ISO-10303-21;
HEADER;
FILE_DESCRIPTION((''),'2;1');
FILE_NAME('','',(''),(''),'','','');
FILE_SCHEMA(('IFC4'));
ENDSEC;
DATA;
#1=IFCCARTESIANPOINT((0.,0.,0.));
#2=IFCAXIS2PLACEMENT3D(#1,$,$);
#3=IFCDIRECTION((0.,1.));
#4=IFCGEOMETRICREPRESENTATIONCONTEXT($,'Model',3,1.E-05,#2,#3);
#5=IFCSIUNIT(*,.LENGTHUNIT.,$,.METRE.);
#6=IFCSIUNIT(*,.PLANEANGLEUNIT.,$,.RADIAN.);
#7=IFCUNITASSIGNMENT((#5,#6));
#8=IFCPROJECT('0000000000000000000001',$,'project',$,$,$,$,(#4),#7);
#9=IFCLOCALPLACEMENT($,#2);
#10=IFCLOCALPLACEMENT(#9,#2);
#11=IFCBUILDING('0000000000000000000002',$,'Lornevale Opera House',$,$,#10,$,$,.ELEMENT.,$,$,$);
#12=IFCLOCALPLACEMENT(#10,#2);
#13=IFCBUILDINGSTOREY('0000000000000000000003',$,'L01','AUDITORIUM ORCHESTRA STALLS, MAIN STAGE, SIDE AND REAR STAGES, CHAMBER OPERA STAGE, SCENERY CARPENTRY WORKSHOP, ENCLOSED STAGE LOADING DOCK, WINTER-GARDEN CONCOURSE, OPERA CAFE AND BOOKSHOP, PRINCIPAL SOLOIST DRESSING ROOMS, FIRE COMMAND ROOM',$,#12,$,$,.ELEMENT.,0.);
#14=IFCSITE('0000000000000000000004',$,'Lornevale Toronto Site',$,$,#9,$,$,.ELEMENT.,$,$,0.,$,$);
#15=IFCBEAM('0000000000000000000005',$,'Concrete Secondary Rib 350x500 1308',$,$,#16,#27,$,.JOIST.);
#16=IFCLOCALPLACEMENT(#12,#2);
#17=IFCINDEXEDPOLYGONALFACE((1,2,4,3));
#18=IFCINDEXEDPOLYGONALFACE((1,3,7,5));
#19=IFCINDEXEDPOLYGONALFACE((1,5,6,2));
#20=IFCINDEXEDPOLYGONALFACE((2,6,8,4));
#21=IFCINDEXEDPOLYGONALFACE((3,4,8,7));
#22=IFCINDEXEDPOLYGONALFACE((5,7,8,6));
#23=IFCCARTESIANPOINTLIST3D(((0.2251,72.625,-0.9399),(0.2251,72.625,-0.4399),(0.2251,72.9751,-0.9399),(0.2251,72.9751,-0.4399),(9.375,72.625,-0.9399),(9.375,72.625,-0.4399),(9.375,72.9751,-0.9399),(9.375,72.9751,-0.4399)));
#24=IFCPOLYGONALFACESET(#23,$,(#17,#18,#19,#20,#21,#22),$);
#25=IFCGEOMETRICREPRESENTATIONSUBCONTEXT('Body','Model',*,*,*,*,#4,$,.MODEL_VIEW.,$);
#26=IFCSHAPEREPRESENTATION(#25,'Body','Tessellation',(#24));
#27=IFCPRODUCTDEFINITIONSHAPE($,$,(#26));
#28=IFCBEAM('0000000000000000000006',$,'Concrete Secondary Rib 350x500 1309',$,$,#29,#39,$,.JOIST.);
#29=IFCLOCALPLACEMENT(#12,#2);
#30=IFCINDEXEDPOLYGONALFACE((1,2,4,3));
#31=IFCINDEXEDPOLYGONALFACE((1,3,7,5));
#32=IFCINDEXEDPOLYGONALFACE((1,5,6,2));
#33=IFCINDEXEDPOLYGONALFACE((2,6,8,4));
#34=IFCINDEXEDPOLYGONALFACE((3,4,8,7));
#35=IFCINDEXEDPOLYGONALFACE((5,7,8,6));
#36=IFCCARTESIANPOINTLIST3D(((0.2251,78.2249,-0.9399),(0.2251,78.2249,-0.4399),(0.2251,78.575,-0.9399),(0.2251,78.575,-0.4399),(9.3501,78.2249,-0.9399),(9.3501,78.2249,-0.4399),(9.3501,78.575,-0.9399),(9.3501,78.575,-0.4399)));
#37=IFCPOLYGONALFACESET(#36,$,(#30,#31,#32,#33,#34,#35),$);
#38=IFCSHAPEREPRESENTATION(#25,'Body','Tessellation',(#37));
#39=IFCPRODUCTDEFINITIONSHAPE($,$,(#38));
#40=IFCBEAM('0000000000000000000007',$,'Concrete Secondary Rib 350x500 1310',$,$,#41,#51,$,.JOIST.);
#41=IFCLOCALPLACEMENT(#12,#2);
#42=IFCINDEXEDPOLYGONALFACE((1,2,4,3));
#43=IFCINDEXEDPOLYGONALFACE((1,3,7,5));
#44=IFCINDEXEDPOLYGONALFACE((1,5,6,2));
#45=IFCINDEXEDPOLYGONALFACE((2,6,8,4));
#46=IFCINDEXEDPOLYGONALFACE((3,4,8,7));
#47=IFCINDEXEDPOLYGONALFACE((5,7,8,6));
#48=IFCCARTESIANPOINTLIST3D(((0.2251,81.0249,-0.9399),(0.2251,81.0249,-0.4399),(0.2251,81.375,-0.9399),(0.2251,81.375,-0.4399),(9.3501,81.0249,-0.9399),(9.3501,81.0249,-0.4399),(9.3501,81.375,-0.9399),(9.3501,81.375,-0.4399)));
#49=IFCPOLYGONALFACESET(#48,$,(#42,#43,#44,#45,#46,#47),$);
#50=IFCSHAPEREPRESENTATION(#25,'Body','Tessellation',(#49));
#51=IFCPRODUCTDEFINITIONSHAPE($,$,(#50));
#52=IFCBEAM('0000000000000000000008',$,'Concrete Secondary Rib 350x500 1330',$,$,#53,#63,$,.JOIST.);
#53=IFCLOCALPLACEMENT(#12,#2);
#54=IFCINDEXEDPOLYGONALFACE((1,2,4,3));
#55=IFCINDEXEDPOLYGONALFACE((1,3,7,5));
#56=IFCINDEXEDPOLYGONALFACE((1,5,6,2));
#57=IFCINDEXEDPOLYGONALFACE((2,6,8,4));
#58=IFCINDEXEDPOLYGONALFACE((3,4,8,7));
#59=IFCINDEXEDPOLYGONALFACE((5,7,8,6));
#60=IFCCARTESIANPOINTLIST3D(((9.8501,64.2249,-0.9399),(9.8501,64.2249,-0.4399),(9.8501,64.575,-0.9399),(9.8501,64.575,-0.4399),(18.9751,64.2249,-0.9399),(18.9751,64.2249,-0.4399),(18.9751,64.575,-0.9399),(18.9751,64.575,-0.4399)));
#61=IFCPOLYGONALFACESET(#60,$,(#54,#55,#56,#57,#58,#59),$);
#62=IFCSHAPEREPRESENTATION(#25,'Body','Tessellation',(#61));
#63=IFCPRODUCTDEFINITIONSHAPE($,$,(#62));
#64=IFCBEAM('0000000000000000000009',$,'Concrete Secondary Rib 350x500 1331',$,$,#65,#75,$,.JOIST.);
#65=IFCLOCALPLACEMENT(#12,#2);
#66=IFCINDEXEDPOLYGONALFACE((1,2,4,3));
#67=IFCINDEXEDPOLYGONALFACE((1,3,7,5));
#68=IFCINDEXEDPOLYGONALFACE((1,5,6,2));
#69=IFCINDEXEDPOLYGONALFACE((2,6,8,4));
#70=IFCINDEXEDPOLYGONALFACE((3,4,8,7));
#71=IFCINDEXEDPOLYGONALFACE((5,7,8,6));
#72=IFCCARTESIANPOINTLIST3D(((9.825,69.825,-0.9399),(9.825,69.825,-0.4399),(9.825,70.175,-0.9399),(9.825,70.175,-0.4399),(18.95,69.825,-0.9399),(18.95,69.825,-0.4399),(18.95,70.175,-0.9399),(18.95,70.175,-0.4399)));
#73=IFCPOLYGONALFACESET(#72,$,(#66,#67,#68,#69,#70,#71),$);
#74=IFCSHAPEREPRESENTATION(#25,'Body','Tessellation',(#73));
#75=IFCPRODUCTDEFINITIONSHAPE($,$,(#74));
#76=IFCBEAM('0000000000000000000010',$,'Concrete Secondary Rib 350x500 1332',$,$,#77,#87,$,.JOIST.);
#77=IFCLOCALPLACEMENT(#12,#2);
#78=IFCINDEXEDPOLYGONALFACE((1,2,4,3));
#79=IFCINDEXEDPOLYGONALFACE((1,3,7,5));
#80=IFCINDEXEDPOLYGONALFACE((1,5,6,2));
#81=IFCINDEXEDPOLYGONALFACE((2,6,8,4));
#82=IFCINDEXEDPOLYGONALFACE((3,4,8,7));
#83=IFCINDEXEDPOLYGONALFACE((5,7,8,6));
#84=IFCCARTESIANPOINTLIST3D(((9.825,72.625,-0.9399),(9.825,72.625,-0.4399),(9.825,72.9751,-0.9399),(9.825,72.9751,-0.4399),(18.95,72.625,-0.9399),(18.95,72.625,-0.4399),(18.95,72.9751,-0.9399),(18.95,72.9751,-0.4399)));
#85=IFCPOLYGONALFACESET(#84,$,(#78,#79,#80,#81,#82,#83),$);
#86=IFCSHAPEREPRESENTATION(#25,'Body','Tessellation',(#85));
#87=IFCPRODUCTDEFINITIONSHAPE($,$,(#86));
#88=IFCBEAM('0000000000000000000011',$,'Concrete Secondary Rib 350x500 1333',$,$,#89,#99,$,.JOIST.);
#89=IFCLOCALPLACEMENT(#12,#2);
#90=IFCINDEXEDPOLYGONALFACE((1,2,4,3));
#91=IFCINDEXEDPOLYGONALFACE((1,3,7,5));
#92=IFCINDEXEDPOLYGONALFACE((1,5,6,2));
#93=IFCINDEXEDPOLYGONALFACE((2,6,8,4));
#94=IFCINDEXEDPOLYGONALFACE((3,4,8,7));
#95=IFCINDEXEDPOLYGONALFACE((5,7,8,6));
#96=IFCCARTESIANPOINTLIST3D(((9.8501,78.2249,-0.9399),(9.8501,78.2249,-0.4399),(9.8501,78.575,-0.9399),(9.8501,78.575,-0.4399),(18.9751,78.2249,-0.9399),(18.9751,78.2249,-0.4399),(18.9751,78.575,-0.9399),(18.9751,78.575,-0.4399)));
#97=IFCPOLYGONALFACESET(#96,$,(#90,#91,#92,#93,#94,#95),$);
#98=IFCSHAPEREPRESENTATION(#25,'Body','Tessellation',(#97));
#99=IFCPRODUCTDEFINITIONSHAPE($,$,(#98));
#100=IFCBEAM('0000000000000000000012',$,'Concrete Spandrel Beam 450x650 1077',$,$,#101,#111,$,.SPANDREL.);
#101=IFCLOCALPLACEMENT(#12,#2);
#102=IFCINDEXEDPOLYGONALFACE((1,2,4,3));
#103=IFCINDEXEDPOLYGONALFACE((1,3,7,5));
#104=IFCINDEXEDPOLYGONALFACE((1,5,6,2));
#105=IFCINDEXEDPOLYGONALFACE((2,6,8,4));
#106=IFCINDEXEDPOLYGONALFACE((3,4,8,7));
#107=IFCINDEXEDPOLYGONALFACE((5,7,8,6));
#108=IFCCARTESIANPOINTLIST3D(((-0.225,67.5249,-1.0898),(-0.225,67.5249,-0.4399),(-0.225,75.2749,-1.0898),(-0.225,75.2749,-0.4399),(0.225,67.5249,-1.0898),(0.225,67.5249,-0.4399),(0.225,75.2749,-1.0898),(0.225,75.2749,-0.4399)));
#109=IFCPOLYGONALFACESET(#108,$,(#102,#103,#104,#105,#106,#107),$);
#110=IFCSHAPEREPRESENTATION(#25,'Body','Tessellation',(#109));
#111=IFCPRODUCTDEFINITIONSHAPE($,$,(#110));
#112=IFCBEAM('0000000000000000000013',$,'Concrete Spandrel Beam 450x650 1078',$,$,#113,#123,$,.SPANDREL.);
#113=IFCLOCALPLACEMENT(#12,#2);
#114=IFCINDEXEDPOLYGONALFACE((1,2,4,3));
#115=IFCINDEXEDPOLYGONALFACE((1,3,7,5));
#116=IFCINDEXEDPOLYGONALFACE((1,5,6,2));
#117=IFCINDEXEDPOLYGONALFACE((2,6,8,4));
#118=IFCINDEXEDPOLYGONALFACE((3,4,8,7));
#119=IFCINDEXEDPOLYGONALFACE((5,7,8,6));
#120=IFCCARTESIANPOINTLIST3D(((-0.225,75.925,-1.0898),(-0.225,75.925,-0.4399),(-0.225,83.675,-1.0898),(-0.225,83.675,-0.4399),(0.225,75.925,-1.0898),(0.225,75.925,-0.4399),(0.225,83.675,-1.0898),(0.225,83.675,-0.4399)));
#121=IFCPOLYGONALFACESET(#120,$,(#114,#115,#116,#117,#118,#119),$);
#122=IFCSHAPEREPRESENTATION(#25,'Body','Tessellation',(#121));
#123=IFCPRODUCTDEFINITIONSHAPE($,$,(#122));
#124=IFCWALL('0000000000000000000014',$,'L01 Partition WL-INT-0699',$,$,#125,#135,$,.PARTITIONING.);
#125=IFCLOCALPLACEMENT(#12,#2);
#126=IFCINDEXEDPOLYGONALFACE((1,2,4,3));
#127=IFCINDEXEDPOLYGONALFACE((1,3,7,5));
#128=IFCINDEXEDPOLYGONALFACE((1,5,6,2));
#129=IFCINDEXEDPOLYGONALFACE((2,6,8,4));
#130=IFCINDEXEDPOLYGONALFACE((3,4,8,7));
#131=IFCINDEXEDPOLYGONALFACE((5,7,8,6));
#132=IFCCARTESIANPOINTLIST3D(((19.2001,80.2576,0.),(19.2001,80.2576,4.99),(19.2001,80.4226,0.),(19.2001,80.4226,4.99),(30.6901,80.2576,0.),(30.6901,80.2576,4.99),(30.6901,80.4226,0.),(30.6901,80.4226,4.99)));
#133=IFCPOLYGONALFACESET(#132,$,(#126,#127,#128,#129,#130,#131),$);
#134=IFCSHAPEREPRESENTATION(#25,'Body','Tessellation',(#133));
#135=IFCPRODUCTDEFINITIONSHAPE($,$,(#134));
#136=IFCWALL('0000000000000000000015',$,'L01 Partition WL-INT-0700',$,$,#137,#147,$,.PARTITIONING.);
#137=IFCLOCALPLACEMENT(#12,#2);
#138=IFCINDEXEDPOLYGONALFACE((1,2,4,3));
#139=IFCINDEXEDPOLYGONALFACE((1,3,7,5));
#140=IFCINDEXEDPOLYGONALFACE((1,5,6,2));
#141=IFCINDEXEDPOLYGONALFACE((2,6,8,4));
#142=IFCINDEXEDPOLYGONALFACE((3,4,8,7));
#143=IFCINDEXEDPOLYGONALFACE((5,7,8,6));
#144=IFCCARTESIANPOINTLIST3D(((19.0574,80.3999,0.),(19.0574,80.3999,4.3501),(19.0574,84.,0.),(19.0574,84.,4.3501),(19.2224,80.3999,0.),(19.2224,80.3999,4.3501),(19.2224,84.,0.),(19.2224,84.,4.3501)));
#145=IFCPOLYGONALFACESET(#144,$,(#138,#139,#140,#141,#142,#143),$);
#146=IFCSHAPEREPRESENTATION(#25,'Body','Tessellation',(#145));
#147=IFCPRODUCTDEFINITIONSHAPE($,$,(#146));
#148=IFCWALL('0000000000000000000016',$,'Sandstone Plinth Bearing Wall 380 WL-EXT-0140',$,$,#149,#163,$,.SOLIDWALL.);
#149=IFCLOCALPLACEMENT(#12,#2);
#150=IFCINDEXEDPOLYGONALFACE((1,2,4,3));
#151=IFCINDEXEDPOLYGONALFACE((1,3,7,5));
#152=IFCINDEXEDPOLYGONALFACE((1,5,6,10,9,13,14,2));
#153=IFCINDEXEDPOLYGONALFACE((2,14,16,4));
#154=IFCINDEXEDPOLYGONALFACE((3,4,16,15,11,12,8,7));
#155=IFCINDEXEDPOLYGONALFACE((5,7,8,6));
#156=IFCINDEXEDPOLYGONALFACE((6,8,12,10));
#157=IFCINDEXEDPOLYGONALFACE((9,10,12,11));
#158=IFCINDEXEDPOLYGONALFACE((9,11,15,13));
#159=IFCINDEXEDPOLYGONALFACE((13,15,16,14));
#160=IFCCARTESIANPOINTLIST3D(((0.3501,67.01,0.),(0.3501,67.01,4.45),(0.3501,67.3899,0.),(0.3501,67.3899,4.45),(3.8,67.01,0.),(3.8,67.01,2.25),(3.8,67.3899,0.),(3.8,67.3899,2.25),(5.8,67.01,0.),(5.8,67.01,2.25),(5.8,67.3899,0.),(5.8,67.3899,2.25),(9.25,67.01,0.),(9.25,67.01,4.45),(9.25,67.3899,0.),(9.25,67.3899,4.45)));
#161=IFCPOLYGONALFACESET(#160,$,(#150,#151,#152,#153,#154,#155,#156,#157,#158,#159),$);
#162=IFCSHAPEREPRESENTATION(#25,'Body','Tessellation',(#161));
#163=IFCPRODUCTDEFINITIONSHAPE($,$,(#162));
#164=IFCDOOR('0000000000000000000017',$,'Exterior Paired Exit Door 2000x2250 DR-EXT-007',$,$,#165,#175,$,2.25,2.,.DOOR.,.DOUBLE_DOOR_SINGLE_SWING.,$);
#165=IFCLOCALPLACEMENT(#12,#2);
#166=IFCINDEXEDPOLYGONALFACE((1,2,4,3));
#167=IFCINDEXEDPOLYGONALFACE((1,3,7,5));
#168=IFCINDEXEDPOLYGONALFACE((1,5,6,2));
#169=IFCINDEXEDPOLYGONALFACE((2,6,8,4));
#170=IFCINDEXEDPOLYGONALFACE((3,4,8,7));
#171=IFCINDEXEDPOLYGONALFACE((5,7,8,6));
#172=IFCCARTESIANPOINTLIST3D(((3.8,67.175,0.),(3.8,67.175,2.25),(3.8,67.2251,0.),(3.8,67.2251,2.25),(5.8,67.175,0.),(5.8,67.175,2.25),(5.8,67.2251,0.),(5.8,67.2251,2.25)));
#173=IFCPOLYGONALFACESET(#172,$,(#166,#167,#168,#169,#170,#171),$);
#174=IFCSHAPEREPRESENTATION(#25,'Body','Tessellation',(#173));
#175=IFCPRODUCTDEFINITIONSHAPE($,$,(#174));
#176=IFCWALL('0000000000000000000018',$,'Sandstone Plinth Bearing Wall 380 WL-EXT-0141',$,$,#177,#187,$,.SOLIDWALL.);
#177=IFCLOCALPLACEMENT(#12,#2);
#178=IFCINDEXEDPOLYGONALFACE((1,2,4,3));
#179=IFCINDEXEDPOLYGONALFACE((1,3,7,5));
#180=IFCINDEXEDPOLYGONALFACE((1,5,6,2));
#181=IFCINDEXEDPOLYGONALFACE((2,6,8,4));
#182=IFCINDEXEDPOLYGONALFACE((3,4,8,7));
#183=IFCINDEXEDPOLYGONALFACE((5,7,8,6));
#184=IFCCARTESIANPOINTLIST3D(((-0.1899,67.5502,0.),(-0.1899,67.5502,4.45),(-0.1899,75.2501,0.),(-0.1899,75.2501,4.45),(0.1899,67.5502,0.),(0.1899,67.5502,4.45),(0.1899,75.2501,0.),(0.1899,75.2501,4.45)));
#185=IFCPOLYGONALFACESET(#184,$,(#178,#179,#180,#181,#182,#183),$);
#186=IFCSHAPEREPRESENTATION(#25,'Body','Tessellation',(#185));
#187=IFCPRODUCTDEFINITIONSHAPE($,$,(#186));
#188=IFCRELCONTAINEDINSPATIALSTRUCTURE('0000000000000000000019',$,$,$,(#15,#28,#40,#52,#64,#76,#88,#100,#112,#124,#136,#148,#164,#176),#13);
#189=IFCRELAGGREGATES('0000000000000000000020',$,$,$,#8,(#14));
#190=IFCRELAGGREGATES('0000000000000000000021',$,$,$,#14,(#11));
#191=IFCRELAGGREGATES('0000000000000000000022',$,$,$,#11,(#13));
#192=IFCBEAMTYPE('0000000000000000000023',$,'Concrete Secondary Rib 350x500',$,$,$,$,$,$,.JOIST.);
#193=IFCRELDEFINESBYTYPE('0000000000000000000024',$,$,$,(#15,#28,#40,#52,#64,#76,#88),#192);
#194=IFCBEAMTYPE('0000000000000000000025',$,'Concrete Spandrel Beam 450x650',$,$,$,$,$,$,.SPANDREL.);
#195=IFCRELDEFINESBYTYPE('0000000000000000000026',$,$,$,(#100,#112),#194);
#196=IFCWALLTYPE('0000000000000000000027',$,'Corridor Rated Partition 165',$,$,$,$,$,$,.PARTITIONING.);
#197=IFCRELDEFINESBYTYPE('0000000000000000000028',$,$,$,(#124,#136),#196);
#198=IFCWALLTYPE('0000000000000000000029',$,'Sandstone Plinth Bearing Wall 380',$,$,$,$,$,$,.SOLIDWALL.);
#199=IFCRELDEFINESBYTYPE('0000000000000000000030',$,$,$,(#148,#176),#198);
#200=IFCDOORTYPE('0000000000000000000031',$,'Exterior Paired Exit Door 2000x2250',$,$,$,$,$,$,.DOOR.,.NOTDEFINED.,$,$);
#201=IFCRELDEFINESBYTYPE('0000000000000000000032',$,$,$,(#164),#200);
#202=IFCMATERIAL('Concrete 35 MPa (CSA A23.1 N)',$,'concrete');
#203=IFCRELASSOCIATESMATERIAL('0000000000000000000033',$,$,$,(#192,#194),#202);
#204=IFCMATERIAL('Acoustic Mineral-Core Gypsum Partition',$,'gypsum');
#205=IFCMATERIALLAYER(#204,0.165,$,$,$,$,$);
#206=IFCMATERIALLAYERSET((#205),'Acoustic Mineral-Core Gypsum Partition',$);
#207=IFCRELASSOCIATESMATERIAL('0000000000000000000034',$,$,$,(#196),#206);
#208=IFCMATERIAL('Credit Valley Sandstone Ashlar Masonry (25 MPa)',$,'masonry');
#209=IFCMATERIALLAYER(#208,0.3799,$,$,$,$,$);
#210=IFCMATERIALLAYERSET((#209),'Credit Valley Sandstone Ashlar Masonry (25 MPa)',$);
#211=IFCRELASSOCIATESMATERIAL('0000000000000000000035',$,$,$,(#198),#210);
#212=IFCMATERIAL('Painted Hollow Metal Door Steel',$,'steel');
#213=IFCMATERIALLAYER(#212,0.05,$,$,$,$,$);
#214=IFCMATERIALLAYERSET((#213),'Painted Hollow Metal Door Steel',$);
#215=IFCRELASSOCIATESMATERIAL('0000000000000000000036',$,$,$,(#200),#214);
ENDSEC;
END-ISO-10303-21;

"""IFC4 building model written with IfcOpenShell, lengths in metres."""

from ifc_helpers import new_model, si_unit, direction, frame, frame_2d, origin, origin_2d, place, context, subcontext, project, spatial, rectangle, extrude, material, layer, layer_set, material_profile, profile_set, type_object, element, fill, save


model = new_model("IFC4")

# Units and contexts
model_context = context("Model", 3, precision=1e-05, world=origin(), true_north=direction((0.0, 1.0)))
body_context = subcontext(model_context, "Body", "Model", "MODEL_VIEW")
ifc_project = project(units=[si_unit("LENGTHUNIT", "METRE"), si_unit("PLANEANGLEUNIT", "RADIAN")], contexts=[model_context])

# Site, building, storey
site_placement = place(None, origin())
site = spatial("IfcSite", under=ifc_project, at=site_placement, Name="Lornevale Toronto Site", CompositionType="ELEMENT", RefElevation=0.0)
building_placement = place(site_placement, origin())
building = spatial("IfcBuilding", under=site, at=building_placement, Name="Lornevale Opera House", CompositionType="ELEMENT")
storey_placement = place(building_placement, origin())
storey = spatial("IfcBuildingStorey", under=building, at=storey_placement, Name="L01", Description="AUDITORIUM ORCHESTRA STALLS, MAIN STAGE, SIDE AND REAR STAGES, CHAMBER OPERA STAGE, SCENERY CARPENTRY WORKSHOP, ENCLOSED STAGE LOADING DOCK, WINTER-GARDEN CONCOURSE, OPERA CAFE AND BOOKSHOP, PRINCIPAL SOLOIST DRESSING ROOMS, FIRE COMMAND ROOM", CompositionType="ELEMENT", Elevation=0.0)

# Beams
ifc_material_1 = material(Name="Concrete 35 MPa (CSA A23.1 N)", Category="concrete")
ifc_material_profile_1 = material_profile(ifc_material_1, rectangle(XDim=0.3501, YDim=0.5, at=origin_2d()), Name="RC350x500")
ifc_profile_set_1 = profile_set([ifc_material_profile_1], Name="Concrete 35 MPa (CSA A23.1 N)")
beam_type_1 = type_object("IfcBeamType", Name="Concrete Secondary Rib 350x500", PredefinedType="JOIST", material=ifc_profile_set_1)
for number, where, z_axis, x_axis, name in (
    (1, (0.2251, 72.8, -0.6899), (1.0, 0.0, 0.0), (0.0, 1.0, 0.0), "Concrete Secondary Rib 350x500 1308"),
):
    element("IfcBeam", number, at=place(storey_placement, frame(where, z_axis=z_axis, x_axis=x_axis)), inside=storey, type_object=beam_type_1, Name=name, PredefinedType="JOIST", context=body_context, shape_type="SweptSolid", body=[
        extrude(rectangle(XDim=0.3501, YDim=0.5, at=origin_2d()), origin(), (0.0, 0.0, 1.0), 9.1499),
    ])
for number, where, z_axis, x_axis, name in (
    (2, (0.2251, 78.3999, -0.6899), (1.0, 0.0, 0.0), (0.0, 1.0, 0.0), "Concrete Secondary Rib 350x500 1309"),
    (3, (0.2251, 81.2, -0.6899), (1.0, 0.0, 0.0), (0.0, 1.0, 0.0), "Concrete Secondary Rib 350x500 1310"),
    (4, (9.8501, 64.3999, -0.6899), (1.0, 0.0, 0.0), (0.0, 1.0, 0.0), "Concrete Secondary Rib 350x500 1330"),
    (5, (9.825, 70.0, -0.6899), (1.0, 0.0, 0.0), (0.0, 1.0, 0.0), "Concrete Secondary Rib 350x500 1331"),
    (6, (9.825, 72.8, -0.6899), (1.0, 0.0, 0.0), (0.0, 1.0, 0.0), "Concrete Secondary Rib 350x500 1332"),
    (7, (9.8501, 78.3999, -0.6899), (1.0, 0.0, 0.0), (0.0, 1.0, 0.0), "Concrete Secondary Rib 350x500 1333"),
):
    element("IfcBeam", number, at=place(storey_placement, frame(where, z_axis=z_axis, x_axis=x_axis)), inside=storey, type_object=beam_type_1, Name=name, PredefinedType="JOIST", context=body_context, shape_type="SweptSolid", body=[
        extrude(rectangle(XDim=0.3501, YDim=0.5, at=origin_2d()), origin(), (0.0, 0.0, 1.0), 9.125),
    ])
ifc_material_profile_2 = material_profile(ifc_material_1, rectangle(XDim=0.45, YDim=0.6499, at=origin_2d()), Name="RC450x650")
ifc_profile_set_2 = profile_set([ifc_material_profile_2], Name="Concrete 35 MPa (CSA A23.1 N)")
beam_type_2 = type_object("IfcBeamType", Name="Concrete Spandrel Beam 450x650", PredefinedType="SPANDREL", material=ifc_profile_set_2)
for number, where, z_axis, x_axis, name in (
    (8, (0.0, 67.5249, -0.7649), (0.0, 1.0, 0.0), (-1.0, 0.0, 0.0), "Concrete Spandrel Beam 450x650 1077"),
    (9, (0.0, 75.925, -0.7649), (0.0, 1.0, 0.0), (-1.0, 0.0, 0.0), "Concrete Spandrel Beam 450x650 1078"),
):
    element("IfcBeam", number, at=place(storey_placement, frame(where, z_axis=z_axis, x_axis=x_axis)), inside=storey, type_object=beam_type_2, Name=name, PredefinedType="SPANDREL", context=body_context, shape_type="SweptSolid", body=[
        extrude(rectangle(XDim=0.45, YDim=0.6499, at=origin_2d()), origin(), (0.0, 0.0, 1.0), 7.75),
    ])

# Walls
ifc_material_2 = material(Name="Acoustic Mineral-Core Gypsum Partition", Category="gypsum")
ifc_layer_1 = layer(ifc_material_2, 0.165)
ifc_layer_set_1 = layer_set([ifc_layer_1], Name="Acoustic Mineral-Core Gypsum Partition")
wall_type_1 = type_object("IfcWallType", Name="Corridor Rated Partition 165", PredefinedType="PARTITIONING", material=ifc_layer_set_1)
wall_1_placement = place(storey_placement, frame((19.2, 80.3401, 0.0), z_axis=(0.0, 0.0, 1.0), x_axis=(1.0, 0.0, 0.0)))
element("IfcWall", 10, at=wall_1_placement, inside=storey, type_object=wall_type_1, Name="L01 Partition WL-INT-0699", PredefinedType="PARTITIONING", context=body_context, shape_type="SweptSolid", body=[
    extrude(rectangle(XDim=11.49, YDim=0.165, at=frame_2d((5.7451, 0.0))), origin(), (0.0, 0.0, 1.0), 4.99),
])
wall_2_placement = place(storey_placement, frame((19.1399, 80.3999, 0.0), z_axis=(0.0, 0.0, 1.0), x_axis=(0.0, 1.0, 0.0)))
element("IfcWall", 11, at=wall_2_placement, inside=storey, type_object=wall_type_1, Name="L01 Partition WL-INT-0700", PredefinedType="PARTITIONING", context=body_context, shape_type="SweptSolid", body=[
    extrude(rectangle(XDim=3.6001, YDim=0.165, at=frame_2d((1.8, 0.0))), origin(), (0.0, 0.0, 1.0), 4.3501),
])

# Wall, opening, door
ifc_material_3 = material(Name="Credit Valley Sandstone Ashlar Masonry (25 MPa)", Category="masonry")
ifc_layer_2 = layer(ifc_material_3, 0.3799)
ifc_layer_set_2 = layer_set([ifc_layer_2], Name="Credit Valley Sandstone Ashlar Masonry (25 MPa)")
wall_type_2 = type_object("IfcWallType", Name="Sandstone Plinth Bearing Wall 380", PredefinedType="SOLIDWALL", material=ifc_layer_set_2)
wall_3_placement = place(storey_placement, frame((9.25, 67.2, 0.0), z_axis=(0.0, 0.0, 1.0), x_axis=(-1.0, 0.0, 0.0)))
wall_3 = element("IfcWall", 12, at=wall_3_placement, inside=storey, type_object=wall_type_2, Name="Sandstone Plinth Bearing Wall 380 WL-EXT-0140", PredefinedType="SOLIDWALL", context=body_context, shape_type="SweptSolid", body=[
    extrude(rectangle(XDim=8.8999, YDim=0.3799, at=frame_2d((4.45, 0.0))), origin(), (0.0, 0.0, 1.0), 4.45),
])
opening_1_placement = place(wall_3_placement, frame((3.45, 0.0, 0.0)))
opening_1 = element("IfcOpeningElement", 13, at=opening_1_placement, cuts=wall_3, PredefinedType="OPENING", context=body_context, shape_type="SweptSolid", body=[
    extrude(rectangle(XDim=2.0, YDim=2.25, at=frame_2d((1.0, 1.125))), frame((0.0, 0.2, 0.0), z_axis=(0.0, -1.0, 0.0), x_axis=(1.0, 0.0, 0.0)), (0.0, 0.0, 1.0), 0.3999),
])
ifc_material_4 = material(Name="Painted Hollow Metal Door Steel", Category="steel")
ifc_layer_3 = layer(ifc_material_4, 0.05)
ifc_layer_set_3 = layer_set([ifc_layer_3], Name="Painted Hollow Metal Door Steel")
door_type_1 = type_object("IfcDoorType", Name="Exterior Paired Exit Door 2000x2250", OperationType="NOTDEFINED", PredefinedType="DOOR", material=ifc_layer_set_3)
door_1_placement = place(opening_1_placement, origin())
door_1 = element("IfcDoor", 14, at=door_1_placement, inside=storey, type_object=door_type_1, Name="Exterior Paired Exit Door 2000x2250 DR-EXT-007", OperationType="DOUBLE_DOOR_SINGLE_SWING", OverallHeight=2.25, OverallWidth=2.0, PredefinedType="DOOR", context=body_context, shape_type="SweptSolid", body=[
    extrude(rectangle(XDim=2.0, YDim=2.25, at=frame_2d((1.0, 1.125))), frame((0.0, 0.0249, 0.0), z_axis=(0.0, -1.0, 0.0), x_axis=(1.0, 0.0, 0.0)), (0.0, 0.0, 1.0), 0.05),
])
fill(opening_1, door_1)

# Wall
wall_4_placement = place(storey_placement, frame((0.0, 67.55, 0.0), z_axis=(0.0, 0.0, 1.0), x_axis=(0.0, 1.0, 0.0)))
element("IfcWall", 15, at=wall_4_placement, inside=storey, type_object=wall_type_2, Name="Sandstone Plinth Bearing Wall 380 WL-EXT-0141", PredefinedType="SOLIDWALL", context=body_context, shape_type="SweptSolid", body=[
    extrude(rectangle(XDim=7.7, YDim=0.3799, at=frame_2d((3.8501, 0.0))), origin(), (0.0, 0.0, 1.0), 4.45),
])

save(model, "model.ifc")
